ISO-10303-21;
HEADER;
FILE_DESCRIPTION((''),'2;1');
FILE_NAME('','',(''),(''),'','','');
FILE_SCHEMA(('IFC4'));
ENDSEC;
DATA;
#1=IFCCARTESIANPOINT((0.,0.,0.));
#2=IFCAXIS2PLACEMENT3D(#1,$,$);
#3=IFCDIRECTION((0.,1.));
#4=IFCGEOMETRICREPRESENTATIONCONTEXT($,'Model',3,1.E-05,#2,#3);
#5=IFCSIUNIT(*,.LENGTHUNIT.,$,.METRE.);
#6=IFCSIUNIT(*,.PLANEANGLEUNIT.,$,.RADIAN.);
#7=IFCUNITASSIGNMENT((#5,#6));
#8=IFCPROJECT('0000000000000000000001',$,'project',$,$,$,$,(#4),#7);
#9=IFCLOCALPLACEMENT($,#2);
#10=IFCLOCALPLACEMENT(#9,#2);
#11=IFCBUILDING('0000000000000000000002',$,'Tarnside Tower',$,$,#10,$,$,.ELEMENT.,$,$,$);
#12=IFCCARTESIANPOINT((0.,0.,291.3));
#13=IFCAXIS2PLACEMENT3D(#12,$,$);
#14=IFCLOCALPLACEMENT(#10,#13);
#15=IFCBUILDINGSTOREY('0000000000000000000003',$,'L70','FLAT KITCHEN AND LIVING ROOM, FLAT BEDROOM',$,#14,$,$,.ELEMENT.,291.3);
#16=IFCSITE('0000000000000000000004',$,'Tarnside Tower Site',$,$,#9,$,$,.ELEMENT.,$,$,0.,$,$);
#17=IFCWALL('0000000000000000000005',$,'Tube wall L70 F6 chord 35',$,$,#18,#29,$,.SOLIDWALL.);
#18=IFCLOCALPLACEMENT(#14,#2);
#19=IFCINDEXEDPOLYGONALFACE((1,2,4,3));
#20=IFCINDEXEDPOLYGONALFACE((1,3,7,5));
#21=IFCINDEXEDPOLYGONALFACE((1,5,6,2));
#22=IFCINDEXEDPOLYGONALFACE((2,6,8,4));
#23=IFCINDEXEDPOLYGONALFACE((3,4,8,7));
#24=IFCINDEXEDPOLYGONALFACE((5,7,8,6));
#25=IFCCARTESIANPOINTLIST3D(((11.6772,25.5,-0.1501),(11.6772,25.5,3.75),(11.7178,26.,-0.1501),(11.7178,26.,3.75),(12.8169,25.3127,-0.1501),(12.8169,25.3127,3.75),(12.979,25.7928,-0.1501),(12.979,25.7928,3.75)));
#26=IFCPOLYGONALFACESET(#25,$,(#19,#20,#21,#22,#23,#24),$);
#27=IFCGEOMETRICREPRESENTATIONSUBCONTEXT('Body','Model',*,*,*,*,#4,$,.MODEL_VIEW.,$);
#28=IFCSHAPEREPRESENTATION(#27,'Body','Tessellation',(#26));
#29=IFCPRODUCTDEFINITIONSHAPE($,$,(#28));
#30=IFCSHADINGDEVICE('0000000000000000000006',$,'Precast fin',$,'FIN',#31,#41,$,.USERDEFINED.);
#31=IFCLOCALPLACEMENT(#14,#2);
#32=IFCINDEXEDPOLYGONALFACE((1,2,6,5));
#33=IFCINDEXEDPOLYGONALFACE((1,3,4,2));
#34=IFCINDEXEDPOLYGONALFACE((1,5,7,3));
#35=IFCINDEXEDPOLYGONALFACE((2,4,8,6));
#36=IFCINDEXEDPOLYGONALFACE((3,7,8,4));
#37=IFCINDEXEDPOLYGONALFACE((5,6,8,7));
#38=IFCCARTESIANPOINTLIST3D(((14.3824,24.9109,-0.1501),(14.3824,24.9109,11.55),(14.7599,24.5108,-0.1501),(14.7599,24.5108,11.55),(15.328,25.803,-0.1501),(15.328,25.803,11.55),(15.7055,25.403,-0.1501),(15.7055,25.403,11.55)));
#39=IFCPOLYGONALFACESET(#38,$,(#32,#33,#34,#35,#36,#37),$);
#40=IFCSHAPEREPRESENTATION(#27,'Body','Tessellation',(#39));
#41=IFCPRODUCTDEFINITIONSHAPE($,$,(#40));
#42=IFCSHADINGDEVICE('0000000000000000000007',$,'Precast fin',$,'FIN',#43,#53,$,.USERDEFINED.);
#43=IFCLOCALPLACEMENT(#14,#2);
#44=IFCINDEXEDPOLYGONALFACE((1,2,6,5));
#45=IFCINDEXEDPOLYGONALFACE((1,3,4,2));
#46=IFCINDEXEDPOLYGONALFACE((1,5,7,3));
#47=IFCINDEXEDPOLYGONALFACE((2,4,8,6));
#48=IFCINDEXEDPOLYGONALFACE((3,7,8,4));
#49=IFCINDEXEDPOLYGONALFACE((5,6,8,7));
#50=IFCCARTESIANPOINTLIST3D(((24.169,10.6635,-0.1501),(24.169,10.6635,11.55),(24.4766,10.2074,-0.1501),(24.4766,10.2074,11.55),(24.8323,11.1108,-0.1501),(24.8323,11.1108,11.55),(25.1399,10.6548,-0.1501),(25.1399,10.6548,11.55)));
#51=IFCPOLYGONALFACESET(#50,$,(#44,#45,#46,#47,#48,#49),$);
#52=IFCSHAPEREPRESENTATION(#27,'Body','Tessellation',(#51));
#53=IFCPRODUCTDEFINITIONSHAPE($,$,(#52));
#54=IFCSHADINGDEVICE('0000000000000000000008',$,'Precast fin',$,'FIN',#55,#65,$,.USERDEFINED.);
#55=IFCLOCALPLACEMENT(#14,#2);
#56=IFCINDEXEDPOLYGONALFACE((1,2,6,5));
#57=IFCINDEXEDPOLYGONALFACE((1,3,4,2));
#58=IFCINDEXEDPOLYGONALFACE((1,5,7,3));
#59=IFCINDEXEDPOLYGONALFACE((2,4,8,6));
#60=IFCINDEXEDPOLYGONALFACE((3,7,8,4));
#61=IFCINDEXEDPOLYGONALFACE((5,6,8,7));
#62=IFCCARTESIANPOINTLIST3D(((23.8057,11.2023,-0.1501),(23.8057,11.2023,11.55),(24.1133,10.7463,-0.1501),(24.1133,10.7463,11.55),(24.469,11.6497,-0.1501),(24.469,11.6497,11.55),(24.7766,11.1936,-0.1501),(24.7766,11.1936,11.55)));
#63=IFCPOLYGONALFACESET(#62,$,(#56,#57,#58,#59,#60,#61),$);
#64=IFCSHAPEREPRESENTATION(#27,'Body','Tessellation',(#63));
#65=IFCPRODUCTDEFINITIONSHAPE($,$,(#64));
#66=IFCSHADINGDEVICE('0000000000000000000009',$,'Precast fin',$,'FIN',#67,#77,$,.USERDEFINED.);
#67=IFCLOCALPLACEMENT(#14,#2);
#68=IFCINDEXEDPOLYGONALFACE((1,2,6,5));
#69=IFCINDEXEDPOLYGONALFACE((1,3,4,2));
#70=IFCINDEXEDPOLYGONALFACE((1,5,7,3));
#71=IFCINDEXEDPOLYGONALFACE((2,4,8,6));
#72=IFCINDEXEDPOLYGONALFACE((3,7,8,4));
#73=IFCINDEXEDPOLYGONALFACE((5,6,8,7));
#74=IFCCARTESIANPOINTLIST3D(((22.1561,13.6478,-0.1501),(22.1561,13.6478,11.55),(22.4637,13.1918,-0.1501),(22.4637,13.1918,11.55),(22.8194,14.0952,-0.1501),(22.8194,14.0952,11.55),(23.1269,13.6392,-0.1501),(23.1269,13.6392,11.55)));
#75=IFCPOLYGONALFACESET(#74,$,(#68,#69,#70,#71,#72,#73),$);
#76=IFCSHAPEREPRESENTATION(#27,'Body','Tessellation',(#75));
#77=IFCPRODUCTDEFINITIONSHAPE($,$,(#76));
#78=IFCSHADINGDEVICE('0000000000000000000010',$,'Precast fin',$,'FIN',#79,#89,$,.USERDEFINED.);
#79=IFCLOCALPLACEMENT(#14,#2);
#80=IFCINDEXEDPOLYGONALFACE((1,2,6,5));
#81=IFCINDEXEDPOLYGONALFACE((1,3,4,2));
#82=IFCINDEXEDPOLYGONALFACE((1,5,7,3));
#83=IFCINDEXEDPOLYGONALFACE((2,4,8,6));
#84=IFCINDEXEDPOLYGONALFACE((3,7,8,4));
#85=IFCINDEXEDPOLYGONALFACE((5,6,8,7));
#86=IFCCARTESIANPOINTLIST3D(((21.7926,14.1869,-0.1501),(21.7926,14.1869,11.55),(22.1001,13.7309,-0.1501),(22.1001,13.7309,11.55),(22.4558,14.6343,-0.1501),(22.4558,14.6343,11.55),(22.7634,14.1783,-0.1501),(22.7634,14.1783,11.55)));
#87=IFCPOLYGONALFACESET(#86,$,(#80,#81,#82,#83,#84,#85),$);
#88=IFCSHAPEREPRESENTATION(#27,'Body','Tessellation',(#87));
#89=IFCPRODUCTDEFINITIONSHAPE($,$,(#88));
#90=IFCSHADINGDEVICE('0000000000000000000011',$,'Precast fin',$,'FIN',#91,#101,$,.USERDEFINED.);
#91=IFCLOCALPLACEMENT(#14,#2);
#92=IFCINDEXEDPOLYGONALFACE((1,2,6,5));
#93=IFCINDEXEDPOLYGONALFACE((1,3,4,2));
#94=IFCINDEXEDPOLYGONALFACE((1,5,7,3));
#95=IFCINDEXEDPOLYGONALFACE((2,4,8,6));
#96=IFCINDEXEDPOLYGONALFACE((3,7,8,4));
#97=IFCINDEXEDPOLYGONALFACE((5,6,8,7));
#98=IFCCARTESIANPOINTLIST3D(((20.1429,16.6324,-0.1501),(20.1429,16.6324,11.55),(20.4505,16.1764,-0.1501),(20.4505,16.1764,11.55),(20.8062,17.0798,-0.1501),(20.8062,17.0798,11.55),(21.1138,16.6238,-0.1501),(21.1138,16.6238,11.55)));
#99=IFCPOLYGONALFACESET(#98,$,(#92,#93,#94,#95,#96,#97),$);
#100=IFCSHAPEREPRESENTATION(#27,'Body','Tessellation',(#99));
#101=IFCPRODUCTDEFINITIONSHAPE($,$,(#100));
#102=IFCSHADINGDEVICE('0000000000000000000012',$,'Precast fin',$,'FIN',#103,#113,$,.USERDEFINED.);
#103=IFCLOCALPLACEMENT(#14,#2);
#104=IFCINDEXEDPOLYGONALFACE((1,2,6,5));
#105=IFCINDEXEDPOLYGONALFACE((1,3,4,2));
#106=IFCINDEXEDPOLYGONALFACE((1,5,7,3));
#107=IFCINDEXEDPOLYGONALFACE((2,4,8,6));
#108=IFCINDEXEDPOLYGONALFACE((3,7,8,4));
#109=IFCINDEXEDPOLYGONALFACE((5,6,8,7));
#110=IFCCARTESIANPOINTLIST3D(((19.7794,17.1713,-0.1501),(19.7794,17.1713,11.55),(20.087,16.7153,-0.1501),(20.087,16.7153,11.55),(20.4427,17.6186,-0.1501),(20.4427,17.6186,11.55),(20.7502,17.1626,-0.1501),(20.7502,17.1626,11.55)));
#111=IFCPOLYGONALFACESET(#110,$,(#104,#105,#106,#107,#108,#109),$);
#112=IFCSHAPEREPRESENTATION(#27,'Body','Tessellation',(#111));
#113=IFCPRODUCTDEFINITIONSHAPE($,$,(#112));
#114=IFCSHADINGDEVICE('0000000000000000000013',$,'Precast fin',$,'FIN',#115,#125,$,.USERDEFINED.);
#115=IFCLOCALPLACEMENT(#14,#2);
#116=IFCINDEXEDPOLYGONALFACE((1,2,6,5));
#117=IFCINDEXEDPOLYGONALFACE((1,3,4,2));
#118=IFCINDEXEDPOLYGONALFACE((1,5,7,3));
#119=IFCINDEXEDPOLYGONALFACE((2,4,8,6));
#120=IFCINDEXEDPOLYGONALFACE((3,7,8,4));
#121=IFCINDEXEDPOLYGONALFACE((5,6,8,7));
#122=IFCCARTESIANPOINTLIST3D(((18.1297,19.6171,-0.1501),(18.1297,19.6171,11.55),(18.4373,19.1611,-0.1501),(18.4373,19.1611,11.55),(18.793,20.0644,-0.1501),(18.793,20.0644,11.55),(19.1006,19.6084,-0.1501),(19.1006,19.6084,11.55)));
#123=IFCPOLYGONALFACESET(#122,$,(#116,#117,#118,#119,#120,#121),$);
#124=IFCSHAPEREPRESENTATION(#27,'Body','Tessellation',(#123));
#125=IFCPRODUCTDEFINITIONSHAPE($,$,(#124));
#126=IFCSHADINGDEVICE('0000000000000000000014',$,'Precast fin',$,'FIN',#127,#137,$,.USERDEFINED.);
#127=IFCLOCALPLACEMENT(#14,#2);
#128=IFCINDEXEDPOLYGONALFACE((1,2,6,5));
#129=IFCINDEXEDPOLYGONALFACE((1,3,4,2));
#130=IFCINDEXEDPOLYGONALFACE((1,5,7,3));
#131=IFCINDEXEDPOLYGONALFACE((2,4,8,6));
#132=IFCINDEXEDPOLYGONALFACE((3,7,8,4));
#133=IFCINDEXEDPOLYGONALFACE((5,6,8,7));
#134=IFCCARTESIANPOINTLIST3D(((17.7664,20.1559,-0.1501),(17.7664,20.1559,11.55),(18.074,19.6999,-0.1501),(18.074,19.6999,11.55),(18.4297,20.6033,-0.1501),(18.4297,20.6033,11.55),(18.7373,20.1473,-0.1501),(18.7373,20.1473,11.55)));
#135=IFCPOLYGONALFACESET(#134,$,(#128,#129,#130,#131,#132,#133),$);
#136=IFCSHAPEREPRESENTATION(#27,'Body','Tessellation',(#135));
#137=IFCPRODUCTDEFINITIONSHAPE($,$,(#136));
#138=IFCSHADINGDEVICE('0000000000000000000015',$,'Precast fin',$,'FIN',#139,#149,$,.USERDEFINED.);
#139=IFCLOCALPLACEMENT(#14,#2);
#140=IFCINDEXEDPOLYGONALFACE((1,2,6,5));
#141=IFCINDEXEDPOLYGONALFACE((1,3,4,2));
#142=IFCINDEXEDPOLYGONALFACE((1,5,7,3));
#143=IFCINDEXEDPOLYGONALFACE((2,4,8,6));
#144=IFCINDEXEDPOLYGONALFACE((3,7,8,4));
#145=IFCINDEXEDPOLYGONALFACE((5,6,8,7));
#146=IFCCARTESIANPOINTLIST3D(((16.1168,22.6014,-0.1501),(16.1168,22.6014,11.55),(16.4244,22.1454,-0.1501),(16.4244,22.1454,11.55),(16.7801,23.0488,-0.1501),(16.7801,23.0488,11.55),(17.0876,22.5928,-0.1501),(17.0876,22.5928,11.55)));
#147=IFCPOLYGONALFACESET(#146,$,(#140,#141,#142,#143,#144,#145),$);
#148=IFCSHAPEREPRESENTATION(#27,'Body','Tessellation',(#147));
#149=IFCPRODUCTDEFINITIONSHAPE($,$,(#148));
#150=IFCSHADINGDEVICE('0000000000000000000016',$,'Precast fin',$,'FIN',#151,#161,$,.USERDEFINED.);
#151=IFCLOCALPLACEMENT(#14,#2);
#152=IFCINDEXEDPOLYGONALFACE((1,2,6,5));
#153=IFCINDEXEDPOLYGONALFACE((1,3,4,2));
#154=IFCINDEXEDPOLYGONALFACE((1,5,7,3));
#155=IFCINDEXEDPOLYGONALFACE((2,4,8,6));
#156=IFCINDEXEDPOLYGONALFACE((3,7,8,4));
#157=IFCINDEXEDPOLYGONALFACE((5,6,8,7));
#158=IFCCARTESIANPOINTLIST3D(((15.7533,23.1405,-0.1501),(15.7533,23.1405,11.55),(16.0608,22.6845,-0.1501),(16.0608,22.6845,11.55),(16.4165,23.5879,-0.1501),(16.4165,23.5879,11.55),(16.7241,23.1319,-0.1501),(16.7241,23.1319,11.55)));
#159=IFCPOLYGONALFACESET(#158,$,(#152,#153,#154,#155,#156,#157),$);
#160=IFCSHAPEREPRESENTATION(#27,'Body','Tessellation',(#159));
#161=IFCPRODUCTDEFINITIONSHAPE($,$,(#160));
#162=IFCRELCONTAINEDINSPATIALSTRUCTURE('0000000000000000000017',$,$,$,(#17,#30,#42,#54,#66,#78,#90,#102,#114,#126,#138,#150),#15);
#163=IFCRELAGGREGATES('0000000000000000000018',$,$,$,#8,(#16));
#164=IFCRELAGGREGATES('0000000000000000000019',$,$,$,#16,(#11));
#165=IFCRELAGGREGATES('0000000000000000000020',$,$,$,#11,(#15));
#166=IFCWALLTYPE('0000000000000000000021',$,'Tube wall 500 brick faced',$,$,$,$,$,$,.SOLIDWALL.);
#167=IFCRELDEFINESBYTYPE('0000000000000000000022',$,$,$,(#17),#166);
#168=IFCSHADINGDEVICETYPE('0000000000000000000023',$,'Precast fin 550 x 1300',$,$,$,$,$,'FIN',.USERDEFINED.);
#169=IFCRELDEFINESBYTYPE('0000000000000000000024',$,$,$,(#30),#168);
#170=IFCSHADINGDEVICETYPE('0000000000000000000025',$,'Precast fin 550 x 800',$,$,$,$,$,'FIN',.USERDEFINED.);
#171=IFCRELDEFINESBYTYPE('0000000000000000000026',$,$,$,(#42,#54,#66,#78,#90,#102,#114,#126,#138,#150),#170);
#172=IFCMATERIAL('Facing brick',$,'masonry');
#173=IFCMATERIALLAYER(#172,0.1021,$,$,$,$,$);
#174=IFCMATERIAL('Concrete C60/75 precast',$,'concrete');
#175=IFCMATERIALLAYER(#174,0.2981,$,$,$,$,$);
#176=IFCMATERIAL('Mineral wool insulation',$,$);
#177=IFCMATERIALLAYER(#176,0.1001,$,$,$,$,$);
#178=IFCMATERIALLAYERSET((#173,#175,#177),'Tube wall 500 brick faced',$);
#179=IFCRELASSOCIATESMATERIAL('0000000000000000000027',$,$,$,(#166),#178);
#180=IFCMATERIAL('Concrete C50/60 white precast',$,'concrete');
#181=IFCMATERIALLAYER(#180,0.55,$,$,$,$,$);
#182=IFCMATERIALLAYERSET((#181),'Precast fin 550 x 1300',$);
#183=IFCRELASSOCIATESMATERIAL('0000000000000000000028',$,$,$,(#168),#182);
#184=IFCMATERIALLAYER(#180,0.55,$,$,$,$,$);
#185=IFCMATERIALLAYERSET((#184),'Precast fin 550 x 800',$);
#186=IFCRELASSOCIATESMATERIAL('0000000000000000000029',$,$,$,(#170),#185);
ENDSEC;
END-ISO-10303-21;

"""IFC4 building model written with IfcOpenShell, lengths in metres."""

from ifc_helpers import new_model, si_unit, direction, frame, origin, place, context, subcontext, project, spatial, polyline, outline, extrude, material, layer, layer_set, type_object, element, save


model = new_model("IFC4")

# Units and contexts
model_context = context("Model", 3, precision=1e-05, world=origin(), true_north=direction((0.0, 1.0)))
body_context = subcontext(model_context, "Body", "Model", "MODEL_VIEW")
ifc_project = project(units=[si_unit("LENGTHUNIT", "METRE"), si_unit("PLANEANGLEUNIT", "RADIAN")], contexts=[model_context])

# Site, building, storey
site_placement = place(None, origin())
site = spatial("IfcSite", under=ifc_project, at=site_placement, Name="Tarnside Tower Site", CompositionType="ELEMENT", RefElevation=0.0)
building_placement = place(site_placement, origin())
building = spatial("IfcBuilding", under=site, at=building_placement, Name="Tarnside Tower", CompositionType="ELEMENT")
storey_placement = place(building_placement, frame((0.0, 0.0, 291.3)))
storey = spatial("IfcBuildingStorey", under=building, at=storey_placement, Name="L70", Description="FLAT KITCHEN AND LIVING ROOM, FLAT BEDROOM", CompositionType="ELEMENT", Elevation=291.3)

# Wall
ifc_material_1 = material(Name="Concrete C60/75 precast", Category="concrete")
ifc_material_2 = material(Name="Mineral wool insulation")
ifc_material_3 = material(Name="Facing brick", Category="masonry")
ifc_layer_1 = layer(ifc_material_3, 0.1021)
ifc_layer_2 = layer(ifc_material_1, 0.2981)
ifc_layer_3 = layer(ifc_material_2, 0.1001)
ifc_layer_set_1 = layer_set([ifc_layer_1, ifc_layer_2, ifc_layer_3], Name="Tube wall 500 brick faced")
wall_type_1 = type_object("IfcWallType", Name="Tube wall 500 brick faced", PredefinedType="SOLIDWALL", material=ifc_layer_set_1)
wall_1_placement = place(storey_placement, frame((12.8979, 25.5527, -0.1501), z_axis=(0.0, 0.0, 1.0), x_axis=(-0.986766, 0.162153, 0.0)))
element("IfcWall", 1, at=wall_1_placement, inside=storey, type_object=wall_type_1, Name="Tube wall L70 F6 chord 35", PredefinedType="SOLIDWALL", context=body_context, shape_type="SweptSolid", body=[
    extrude(outline(polyline([(-0.041, -0.25), (1.2371, -0.25), (1.196, 0.25), (0.041, 0.25), (-0.041, -0.25)])), origin(), (0.0, 0.0, 1.0), 3.9001),
])

# Shading devices
ifc_material_4 = material(Name="Concrete C50/60 white precast", Category="concrete")
ifc_layer_4 = layer(ifc_material_4, 0.55)
ifc_layer_set_2 = layer_set([ifc_layer_4], Name="Precast fin 550 x 1300")
shading_device_type_1 = type_object("IfcShadingDeviceType", Name="Precast fin 550 x 1300", ElementType="FIN", PredefinedType="USERDEFINED", material=ifc_layer_set_2)
shading_device_placement = place(storey_placement, frame((14.571, 24.7109, -0.1501), z_axis=(0.686242, -0.727374, 0.0), x_axis=(0.727374, 0.686242, 0.0)))
element("IfcShadingDevice", 2, at=shading_device_placement, inside=storey, type_object=shading_device_type_1, Name="Precast fin", ObjectType="FIN", PredefinedType="USERDEFINED", context=body_context, shape_type="SweptSolid", body=[
    extrude(outline(polyline([(0.0, 0.0), (1.3, 0.0), (1.3, 11.7002), (0.0, 11.7002), (0.0, 0.0)])), frame((0.0, 0.0, -0.2749)), (0.0, 0.0, 1.0), 0.55),
])
ifc_layer_5 = layer(ifc_material_4, 0.55)
ifc_layer_set_3 = layer_set([ifc_layer_5], Name="Precast fin 550 x 800")
shading_device_type_2 = type_object("IfcShadingDeviceType", Name="Precast fin 550 x 800", ElementType="FIN", PredefinedType="USERDEFINED", material=ifc_layer_set_3)
for number, where, z_axis, x_axis, name in (
    (3, (24.3228, 10.4355, -0.1501), (0.559193, -0.829038, 0.0), (0.829038, 0.559193, 0.0), "Precast fin"),
    (4, (23.9595, 10.9744, -0.1501), (0.559193, -0.829038, 0.0), (0.829038, 0.559193, 0.0), "Precast fin"),
    (5, (22.3098, 13.4199, -0.1501), (0.559193, -0.829038, 0.0), (0.829038, 0.559193, 0.0), "Precast fin"),
    (6, (21.9463, 13.959, -0.1501), (0.559193, -0.829038, 0.0), (0.829038, 0.559193, 0.0), "Precast fin"),
    (7, (20.2966, 16.4045, -0.1501), (0.559193, -0.829038, 0.0), (0.829038, 0.559193, 0.0), "Precast fin"),
    (8, (19.9331, 16.9434, -0.1501), (0.559193, -0.829038, 0.0), (0.829038, 0.559193, 0.0), "Precast fin"),
    (9, (18.2834, 19.3892, -0.1501), (0.559193, -0.829038, 0.0), (0.829038, 0.559193, 0.0), "Precast fin"),
    (10, (17.9202, 19.928, -0.1501), (0.559193, -0.829038, 0.0), (0.829038, 0.559193, 0.0), "Precast fin"),
    (11, (16.2705, 22.3735, -0.1501), (0.559193, -0.829038, 0.0), (0.829038, 0.559193, 0.0), "Precast fin"),
    (12, (15.907, 22.9126, -0.1501), (0.559193, -0.829038, 0.0), (0.829038, 0.559193, 0.0), "Precast fin"),
):
    element("IfcShadingDevice", number, at=place(storey_placement, frame(where, z_axis=z_axis, x_axis=x_axis)), inside=storey, type_object=shading_device_type_2, Name=name, ObjectType="FIN", PredefinedType="USERDEFINED", context=body_context, shape_type="SweptSolid", body=[
        extrude(outline(polyline([(0.0, 0.0), (0.8, 0.0), (0.8, 11.7002), (0.0, 11.7002), (0.0, 0.0)])), frame((0.0, 0.0, -0.2749)), (0.0, 0.0, 1.0), 0.55),
    ])

save(model, "model.ifc")
